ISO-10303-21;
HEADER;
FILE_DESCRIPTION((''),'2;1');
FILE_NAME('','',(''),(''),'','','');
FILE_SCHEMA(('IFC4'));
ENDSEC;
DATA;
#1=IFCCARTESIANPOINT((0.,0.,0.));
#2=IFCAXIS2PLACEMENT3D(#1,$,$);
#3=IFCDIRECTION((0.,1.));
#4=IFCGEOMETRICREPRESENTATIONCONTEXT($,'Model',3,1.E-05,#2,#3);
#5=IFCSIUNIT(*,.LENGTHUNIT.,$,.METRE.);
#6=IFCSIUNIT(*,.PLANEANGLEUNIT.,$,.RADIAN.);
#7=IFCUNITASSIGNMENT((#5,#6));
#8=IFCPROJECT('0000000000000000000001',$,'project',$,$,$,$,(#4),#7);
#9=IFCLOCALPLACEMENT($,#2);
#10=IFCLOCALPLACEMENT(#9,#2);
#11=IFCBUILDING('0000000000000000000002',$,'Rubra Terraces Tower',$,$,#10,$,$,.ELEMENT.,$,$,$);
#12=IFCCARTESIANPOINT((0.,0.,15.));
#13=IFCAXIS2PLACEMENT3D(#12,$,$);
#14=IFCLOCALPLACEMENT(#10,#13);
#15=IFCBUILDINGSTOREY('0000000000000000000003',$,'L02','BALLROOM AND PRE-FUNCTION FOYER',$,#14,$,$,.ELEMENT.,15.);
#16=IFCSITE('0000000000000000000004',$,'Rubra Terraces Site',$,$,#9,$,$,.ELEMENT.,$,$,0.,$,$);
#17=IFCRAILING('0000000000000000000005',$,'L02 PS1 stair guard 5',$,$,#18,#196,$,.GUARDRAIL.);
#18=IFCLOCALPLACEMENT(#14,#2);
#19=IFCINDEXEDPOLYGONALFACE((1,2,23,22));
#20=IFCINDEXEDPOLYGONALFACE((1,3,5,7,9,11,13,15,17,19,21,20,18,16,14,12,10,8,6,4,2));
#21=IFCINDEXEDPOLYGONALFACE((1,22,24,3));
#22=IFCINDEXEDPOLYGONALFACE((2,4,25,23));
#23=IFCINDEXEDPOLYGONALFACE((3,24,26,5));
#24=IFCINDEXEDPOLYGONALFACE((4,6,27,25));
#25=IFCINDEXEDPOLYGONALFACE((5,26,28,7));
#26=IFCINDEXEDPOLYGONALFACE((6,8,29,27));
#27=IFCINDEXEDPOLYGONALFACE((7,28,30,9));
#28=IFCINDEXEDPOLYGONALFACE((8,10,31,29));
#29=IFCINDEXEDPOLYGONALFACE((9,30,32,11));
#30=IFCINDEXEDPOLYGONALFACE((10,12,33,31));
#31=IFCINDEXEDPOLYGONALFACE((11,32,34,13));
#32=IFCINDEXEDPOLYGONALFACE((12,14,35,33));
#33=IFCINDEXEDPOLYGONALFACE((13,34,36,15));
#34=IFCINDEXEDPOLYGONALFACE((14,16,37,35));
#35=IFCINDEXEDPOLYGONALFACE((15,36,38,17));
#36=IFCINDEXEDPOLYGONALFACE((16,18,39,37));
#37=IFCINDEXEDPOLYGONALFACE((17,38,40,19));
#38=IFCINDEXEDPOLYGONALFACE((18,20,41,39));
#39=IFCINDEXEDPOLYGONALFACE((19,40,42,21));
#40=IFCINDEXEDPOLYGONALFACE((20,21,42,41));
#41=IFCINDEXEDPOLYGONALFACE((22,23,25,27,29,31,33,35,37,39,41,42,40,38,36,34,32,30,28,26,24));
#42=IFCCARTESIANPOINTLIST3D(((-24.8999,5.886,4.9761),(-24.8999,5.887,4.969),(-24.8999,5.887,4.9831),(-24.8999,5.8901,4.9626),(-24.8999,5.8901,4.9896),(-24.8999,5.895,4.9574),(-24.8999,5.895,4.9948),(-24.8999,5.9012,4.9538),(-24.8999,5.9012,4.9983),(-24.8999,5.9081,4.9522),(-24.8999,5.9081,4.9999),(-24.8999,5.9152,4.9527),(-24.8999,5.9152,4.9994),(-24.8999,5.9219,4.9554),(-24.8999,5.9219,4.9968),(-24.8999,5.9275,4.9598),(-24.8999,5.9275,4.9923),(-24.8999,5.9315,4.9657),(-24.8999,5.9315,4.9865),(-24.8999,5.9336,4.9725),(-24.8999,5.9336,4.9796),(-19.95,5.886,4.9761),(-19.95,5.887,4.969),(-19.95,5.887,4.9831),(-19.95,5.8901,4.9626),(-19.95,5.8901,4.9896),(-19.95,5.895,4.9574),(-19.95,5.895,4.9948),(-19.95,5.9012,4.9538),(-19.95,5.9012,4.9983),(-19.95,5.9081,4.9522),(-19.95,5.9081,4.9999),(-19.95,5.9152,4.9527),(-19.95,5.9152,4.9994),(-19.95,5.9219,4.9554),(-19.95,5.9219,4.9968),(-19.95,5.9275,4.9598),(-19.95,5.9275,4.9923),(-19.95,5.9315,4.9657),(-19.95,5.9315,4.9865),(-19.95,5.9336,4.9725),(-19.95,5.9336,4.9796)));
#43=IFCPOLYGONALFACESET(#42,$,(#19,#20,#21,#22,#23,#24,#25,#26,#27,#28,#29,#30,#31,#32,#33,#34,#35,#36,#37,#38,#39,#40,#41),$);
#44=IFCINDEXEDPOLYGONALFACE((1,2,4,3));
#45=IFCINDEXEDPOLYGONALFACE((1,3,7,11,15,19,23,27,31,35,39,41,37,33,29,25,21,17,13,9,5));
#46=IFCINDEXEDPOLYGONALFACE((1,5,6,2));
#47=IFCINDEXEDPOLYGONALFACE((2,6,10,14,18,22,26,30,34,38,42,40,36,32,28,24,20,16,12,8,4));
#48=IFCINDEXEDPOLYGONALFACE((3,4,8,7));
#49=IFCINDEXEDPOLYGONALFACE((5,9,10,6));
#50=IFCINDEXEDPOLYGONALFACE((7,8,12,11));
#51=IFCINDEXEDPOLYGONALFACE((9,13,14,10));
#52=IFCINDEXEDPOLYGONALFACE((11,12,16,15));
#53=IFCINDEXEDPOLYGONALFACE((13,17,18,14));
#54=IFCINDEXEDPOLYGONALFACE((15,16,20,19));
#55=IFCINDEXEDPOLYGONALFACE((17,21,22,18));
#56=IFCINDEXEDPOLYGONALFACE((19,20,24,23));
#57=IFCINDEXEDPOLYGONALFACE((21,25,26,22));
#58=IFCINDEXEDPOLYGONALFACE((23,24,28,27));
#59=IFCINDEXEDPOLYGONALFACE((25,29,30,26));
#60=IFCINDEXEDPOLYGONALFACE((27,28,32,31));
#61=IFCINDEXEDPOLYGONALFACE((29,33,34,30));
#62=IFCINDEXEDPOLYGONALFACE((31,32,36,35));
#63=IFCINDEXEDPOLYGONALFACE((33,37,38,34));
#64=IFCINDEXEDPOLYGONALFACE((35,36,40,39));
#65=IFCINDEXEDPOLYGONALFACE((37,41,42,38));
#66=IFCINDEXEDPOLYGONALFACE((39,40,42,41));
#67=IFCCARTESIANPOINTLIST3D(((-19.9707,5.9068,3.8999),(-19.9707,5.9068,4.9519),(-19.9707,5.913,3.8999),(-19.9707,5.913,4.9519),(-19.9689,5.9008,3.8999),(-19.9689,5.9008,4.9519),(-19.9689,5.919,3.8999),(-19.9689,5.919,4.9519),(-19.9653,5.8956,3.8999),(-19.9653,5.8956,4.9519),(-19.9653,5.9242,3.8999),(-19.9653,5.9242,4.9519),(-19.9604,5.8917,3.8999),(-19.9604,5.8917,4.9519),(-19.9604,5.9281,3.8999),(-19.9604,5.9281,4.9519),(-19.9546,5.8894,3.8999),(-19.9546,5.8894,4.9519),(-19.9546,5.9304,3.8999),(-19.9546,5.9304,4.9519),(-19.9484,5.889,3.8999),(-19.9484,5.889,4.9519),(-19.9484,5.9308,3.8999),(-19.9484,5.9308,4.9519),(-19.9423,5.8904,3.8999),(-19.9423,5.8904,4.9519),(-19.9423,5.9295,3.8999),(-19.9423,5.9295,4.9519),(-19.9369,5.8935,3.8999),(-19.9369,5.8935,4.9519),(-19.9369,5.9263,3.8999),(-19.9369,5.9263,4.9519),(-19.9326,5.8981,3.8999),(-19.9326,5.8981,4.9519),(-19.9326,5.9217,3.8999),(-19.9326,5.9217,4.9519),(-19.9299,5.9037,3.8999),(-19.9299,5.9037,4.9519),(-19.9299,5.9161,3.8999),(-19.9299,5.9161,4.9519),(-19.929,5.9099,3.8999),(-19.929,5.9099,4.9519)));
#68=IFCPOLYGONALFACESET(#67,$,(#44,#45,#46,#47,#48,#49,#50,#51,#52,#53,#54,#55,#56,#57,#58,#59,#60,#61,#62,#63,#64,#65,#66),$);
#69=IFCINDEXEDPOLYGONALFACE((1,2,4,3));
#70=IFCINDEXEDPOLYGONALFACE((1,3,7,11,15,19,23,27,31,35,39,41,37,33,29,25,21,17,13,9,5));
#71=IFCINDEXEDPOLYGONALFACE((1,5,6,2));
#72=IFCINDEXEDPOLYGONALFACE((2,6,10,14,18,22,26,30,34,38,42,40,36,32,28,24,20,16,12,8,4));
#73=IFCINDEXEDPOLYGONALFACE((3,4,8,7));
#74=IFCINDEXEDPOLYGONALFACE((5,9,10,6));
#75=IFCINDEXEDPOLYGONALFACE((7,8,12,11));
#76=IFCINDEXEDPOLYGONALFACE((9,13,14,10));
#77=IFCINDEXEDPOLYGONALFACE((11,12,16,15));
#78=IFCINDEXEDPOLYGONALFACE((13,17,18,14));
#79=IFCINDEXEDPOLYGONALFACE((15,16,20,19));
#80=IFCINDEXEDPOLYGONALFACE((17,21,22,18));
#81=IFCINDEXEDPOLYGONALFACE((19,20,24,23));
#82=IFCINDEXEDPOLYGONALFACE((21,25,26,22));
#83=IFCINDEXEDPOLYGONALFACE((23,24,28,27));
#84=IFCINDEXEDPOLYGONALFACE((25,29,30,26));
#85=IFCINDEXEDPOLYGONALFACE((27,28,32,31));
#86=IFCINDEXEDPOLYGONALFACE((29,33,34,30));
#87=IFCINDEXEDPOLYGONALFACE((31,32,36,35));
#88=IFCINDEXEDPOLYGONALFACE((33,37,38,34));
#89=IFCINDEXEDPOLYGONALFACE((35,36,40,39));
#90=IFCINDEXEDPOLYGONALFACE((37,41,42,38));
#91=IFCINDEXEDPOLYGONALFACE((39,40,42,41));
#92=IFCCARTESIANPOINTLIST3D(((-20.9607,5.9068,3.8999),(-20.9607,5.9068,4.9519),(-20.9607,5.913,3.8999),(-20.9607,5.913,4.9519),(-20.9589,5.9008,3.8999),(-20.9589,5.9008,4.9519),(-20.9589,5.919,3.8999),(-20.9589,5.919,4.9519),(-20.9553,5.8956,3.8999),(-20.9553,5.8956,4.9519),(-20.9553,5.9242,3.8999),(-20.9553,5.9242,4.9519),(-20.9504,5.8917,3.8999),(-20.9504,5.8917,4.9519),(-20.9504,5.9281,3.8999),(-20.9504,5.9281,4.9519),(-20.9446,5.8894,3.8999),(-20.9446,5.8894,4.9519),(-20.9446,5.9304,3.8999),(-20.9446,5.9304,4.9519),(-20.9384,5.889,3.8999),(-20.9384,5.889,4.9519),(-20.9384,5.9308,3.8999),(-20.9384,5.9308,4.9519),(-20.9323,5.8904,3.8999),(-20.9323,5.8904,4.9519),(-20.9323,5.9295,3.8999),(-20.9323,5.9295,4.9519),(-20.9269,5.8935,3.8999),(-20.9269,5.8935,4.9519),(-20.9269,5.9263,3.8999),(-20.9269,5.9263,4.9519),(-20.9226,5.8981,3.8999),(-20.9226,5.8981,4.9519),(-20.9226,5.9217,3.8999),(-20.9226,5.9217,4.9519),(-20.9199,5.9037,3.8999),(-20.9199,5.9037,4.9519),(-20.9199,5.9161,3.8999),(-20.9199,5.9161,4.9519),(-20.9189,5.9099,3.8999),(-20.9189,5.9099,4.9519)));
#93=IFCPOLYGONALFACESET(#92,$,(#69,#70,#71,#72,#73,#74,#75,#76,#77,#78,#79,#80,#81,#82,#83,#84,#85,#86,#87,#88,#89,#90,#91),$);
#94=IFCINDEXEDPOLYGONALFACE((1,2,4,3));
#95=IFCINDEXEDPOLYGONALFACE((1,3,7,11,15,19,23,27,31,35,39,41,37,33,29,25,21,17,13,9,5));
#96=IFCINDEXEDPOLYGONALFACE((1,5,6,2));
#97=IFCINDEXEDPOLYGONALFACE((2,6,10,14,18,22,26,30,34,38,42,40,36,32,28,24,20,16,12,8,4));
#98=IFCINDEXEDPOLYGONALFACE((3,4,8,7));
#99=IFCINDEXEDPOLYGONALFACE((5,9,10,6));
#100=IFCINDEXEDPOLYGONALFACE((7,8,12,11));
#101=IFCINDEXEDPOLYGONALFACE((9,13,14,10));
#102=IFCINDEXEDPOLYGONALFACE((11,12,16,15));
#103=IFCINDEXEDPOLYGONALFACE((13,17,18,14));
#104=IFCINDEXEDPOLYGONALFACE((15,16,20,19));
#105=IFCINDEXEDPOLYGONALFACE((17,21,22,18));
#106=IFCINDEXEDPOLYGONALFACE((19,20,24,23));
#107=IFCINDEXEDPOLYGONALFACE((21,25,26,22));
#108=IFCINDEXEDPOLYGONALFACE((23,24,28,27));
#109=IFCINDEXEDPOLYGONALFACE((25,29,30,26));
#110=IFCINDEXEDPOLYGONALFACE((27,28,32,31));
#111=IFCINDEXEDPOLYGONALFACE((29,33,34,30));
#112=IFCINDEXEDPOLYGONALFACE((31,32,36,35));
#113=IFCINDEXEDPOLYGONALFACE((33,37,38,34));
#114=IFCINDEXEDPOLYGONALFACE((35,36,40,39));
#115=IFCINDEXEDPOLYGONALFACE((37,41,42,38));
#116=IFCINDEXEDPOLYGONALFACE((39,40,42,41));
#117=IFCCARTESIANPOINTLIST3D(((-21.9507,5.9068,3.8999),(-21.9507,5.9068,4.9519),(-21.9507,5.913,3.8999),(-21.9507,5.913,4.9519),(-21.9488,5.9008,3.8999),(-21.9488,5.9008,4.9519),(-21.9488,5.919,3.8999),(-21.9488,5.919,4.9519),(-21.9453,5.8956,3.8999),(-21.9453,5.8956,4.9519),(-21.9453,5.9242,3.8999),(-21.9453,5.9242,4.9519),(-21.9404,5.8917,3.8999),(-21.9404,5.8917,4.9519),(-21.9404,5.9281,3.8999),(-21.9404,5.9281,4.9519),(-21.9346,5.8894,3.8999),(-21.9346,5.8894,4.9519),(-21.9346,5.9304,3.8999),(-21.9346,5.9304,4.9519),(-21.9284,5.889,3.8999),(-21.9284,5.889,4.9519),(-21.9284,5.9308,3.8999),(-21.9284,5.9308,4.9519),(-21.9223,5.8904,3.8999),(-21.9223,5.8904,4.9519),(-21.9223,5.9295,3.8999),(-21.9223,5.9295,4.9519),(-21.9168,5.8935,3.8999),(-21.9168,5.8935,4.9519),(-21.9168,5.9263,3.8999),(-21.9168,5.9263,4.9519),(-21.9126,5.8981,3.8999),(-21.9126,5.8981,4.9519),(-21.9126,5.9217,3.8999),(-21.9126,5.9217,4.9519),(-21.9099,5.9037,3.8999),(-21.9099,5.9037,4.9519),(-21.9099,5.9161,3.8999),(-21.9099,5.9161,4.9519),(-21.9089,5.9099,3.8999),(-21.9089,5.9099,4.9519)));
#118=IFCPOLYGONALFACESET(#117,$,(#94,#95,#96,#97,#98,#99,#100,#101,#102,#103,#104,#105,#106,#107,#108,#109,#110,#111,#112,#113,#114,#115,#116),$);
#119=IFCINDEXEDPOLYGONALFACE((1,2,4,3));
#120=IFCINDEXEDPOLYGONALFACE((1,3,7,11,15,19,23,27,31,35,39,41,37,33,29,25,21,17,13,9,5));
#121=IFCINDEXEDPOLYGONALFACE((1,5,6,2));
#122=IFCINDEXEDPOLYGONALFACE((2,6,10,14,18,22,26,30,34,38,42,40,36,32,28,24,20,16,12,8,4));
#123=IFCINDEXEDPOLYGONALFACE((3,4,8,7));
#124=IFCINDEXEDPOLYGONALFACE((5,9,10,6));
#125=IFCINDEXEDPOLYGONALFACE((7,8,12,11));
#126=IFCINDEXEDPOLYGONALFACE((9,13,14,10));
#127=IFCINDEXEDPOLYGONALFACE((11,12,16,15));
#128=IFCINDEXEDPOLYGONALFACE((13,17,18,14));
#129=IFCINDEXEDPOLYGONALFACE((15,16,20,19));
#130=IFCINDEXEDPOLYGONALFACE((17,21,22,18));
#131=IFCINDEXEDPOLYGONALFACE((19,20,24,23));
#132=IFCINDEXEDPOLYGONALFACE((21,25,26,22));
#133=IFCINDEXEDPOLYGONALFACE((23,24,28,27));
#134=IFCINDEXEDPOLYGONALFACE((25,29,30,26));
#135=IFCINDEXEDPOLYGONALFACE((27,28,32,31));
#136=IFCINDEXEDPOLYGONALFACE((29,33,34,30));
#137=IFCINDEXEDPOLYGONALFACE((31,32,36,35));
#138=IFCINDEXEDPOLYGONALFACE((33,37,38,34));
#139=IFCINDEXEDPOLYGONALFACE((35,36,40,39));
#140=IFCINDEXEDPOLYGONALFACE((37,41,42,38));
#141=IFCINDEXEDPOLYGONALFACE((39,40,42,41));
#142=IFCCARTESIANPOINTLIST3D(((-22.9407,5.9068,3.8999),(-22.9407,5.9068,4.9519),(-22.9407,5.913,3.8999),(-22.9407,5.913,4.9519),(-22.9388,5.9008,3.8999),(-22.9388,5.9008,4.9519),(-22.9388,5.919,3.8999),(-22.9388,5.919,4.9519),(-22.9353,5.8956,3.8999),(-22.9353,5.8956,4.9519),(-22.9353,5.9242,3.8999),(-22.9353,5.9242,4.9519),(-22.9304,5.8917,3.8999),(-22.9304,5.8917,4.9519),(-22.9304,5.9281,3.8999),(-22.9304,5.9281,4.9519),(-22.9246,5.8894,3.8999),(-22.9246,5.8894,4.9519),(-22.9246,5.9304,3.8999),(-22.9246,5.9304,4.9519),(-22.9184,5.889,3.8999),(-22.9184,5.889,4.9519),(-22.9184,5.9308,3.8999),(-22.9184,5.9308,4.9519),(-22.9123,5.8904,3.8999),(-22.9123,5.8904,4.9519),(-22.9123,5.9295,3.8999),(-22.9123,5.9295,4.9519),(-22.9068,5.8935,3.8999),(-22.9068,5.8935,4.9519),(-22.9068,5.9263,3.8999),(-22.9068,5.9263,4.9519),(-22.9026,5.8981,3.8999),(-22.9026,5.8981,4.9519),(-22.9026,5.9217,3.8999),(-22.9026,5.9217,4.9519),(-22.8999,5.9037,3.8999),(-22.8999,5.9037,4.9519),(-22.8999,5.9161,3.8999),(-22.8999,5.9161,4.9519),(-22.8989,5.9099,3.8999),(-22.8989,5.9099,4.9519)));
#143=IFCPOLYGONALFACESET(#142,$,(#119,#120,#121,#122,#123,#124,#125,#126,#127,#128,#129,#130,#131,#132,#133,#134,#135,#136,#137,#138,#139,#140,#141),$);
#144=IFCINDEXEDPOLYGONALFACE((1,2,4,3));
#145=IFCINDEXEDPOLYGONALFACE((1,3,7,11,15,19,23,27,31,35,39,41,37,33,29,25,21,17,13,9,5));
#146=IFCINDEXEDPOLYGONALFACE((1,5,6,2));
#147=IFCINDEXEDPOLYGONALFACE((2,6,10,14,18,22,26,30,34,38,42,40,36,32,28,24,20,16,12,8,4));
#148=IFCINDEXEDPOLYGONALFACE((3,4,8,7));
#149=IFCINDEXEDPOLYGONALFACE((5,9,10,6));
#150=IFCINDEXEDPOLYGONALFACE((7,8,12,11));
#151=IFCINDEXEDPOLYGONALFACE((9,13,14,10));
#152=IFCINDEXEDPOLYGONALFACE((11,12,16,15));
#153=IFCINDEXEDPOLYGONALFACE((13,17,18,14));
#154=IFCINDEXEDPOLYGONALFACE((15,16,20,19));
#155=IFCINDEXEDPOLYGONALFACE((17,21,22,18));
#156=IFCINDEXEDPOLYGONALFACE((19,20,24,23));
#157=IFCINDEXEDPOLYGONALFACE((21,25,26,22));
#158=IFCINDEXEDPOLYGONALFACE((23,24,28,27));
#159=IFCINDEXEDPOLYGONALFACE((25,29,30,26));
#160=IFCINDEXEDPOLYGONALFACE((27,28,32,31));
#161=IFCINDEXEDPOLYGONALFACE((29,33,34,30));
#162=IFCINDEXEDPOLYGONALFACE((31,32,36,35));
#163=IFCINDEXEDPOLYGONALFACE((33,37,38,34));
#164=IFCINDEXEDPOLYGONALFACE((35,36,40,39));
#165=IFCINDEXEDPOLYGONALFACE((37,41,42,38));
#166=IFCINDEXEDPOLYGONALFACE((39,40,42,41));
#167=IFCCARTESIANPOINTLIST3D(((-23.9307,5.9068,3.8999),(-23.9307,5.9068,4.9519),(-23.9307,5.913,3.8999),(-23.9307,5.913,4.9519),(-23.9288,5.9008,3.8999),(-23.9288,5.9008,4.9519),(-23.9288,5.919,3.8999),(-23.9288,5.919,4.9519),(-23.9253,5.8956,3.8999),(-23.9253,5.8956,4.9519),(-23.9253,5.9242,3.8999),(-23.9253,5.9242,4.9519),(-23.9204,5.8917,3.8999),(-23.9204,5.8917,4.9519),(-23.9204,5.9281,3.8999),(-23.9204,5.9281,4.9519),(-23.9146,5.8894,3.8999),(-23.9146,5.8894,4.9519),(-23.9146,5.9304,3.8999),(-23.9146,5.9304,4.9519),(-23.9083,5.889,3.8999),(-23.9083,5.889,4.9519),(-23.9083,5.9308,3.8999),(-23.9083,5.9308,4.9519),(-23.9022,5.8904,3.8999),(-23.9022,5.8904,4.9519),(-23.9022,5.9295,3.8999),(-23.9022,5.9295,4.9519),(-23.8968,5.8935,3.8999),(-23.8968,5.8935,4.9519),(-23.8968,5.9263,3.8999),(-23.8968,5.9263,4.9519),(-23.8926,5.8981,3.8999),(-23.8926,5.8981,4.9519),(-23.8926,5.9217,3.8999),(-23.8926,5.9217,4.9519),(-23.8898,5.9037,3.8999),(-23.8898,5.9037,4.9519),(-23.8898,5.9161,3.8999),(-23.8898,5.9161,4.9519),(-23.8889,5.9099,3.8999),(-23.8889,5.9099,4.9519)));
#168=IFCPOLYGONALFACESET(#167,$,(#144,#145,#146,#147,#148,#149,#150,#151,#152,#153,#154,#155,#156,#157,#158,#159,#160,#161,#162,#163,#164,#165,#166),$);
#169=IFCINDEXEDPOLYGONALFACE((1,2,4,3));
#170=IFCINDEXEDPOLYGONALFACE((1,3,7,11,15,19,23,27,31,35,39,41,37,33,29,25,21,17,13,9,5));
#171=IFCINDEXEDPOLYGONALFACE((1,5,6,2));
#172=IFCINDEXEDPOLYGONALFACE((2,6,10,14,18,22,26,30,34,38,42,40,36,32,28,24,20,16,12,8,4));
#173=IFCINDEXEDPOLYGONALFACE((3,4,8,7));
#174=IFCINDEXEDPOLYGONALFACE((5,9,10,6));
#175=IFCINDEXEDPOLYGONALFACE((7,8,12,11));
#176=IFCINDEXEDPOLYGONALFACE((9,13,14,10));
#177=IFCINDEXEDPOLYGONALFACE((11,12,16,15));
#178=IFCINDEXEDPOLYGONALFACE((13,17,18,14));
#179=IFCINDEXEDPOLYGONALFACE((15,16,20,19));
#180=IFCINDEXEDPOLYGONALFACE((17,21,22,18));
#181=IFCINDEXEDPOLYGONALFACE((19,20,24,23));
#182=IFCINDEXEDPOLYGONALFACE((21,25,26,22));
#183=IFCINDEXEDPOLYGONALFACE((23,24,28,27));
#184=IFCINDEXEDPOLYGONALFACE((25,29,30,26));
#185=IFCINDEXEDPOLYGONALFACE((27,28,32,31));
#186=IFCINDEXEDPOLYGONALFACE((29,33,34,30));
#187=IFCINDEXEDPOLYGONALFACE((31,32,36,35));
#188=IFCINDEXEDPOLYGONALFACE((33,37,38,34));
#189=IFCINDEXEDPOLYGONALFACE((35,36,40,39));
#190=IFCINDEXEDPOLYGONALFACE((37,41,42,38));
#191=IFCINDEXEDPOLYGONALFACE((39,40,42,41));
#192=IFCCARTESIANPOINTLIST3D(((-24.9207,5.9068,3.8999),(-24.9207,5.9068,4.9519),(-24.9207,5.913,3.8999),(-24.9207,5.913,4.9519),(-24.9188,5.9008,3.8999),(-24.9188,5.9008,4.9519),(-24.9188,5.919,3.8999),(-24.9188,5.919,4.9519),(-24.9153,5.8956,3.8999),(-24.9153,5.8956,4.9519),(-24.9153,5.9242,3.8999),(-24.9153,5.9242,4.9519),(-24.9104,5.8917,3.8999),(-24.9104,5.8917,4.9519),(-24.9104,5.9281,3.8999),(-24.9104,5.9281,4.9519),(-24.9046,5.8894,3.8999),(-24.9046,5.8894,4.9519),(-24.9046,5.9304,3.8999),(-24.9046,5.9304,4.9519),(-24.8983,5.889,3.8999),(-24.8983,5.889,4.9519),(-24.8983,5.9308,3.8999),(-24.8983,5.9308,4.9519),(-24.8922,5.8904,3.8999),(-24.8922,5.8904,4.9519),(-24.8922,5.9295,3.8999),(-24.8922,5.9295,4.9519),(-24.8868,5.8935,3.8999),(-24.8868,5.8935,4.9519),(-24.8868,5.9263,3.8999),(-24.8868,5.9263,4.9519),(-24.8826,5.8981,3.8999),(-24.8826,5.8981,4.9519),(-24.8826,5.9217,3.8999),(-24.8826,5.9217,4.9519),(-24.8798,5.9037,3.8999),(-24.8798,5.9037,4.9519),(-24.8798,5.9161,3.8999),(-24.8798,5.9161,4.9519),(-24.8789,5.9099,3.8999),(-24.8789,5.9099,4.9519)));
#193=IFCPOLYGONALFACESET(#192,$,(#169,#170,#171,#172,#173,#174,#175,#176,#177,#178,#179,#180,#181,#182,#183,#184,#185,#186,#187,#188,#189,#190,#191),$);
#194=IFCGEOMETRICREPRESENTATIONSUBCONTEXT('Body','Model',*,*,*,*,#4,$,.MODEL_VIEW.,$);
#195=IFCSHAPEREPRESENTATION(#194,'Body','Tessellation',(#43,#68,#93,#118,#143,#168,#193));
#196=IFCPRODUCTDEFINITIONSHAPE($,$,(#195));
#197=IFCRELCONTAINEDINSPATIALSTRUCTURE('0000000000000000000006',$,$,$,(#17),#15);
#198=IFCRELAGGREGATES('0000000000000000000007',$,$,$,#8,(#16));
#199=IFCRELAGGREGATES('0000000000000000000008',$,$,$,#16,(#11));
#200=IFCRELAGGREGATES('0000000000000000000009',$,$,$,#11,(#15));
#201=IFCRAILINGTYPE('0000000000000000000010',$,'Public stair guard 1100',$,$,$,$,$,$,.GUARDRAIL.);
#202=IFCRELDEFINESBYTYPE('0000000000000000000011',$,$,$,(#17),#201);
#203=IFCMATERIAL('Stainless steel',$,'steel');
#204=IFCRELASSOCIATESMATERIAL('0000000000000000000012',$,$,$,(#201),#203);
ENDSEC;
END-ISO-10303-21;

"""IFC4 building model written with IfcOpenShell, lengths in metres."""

from ifc_helpers import new_model, si_unit, direction, frame, origin, origin_2d, place, context, subcontext, project, spatial, circle, extrude, material, type_object, element, save


model = new_model("IFC4")

# Units and contexts
model_context = context("Model", 3, precision=1e-05, world=origin(), true_north=direction((0.0, 1.0)))
body_context = subcontext(model_context, "Body", "Model", "MODEL_VIEW")
ifc_project = project(units=[si_unit("LENGTHUNIT", "METRE"), si_unit("PLANEANGLEUNIT", "RADIAN")], contexts=[model_context])

# Site, building, storey
site_placement = place(None, origin())
site = spatial("IfcSite", under=ifc_project, at=site_placement, Name="Rubra Terraces Site", CompositionType="ELEMENT", RefElevation=0.0)
building_placement = place(site_placement, origin())
building = spatial("IfcBuilding", under=site, at=building_placement, Name="Rubra Terraces Tower", CompositionType="ELEMENT")
storey_placement = place(building_placement, frame((0.0, 0.0, 15.0)))
storey = spatial("IfcBuildingStorey", under=building, at=storey_placement, Name="L02", Description="BALLROOM AND PRE-FUNCTION FOYER", CompositionType="ELEMENT", Elevation=15.0)

# Railing
ifc_material_1 = material(Name="Stainless steel", Category="steel")
railing_type_1 = type_object("IfcRailingType", Name="Public stair guard 1100", PredefinedType="GUARDRAIL", material=ifc_material_1)
railing_1_placement = place(storey_placement, frame((-19.95, 5.9099, 3.8999)))
element("IfcRailing", 1, at=railing_1_placement, inside=storey, type_object=railing_type_1, Name="L02 PS1 stair guard 5", PredefinedType="GUARDRAIL", context=body_context, shape_type="SweptSolid", body=[
    extrude(circle(Radius=0.0239, at=origin_2d()), frame((0.0, 0.0, 1.0762), z_axis=(-1.0, 0.0, 0.0), x_axis=(0.0, -1.0, 0.0)), (0.0, 0.0, 1.0), 4.95),
    extrude(circle(Radius=0.021, at=origin_2d()), origin(), (0.0, 0.0, 1.0), 1.052),
    extrude(circle(Radius=0.021, at=origin_2d()), frame((-0.99, 0.0, 0.0)), (0.0, 0.0, 1.0), 1.052),
    extrude(circle(Radius=0.021, at=origin_2d()), frame((-1.98, 0.0, 0.0)), (0.0, 0.0, 1.0), 1.052),
    extrude(circle(Radius=0.021, at=origin_2d()), frame((-2.97, 0.0, 0.0)), (0.0, 0.0, 1.0), 1.052),
    extrude(circle(Radius=0.021, at=origin_2d()), frame((-3.96, 0.0, 0.0)), (0.0, 0.0, 1.0), 1.052),
    extrude(circle(Radius=0.021, at=origin_2d()), frame((-4.95, 0.0, 0.0)), (0.0, 0.0, 1.0), 1.052),
])

save(model, "model.ifc")
